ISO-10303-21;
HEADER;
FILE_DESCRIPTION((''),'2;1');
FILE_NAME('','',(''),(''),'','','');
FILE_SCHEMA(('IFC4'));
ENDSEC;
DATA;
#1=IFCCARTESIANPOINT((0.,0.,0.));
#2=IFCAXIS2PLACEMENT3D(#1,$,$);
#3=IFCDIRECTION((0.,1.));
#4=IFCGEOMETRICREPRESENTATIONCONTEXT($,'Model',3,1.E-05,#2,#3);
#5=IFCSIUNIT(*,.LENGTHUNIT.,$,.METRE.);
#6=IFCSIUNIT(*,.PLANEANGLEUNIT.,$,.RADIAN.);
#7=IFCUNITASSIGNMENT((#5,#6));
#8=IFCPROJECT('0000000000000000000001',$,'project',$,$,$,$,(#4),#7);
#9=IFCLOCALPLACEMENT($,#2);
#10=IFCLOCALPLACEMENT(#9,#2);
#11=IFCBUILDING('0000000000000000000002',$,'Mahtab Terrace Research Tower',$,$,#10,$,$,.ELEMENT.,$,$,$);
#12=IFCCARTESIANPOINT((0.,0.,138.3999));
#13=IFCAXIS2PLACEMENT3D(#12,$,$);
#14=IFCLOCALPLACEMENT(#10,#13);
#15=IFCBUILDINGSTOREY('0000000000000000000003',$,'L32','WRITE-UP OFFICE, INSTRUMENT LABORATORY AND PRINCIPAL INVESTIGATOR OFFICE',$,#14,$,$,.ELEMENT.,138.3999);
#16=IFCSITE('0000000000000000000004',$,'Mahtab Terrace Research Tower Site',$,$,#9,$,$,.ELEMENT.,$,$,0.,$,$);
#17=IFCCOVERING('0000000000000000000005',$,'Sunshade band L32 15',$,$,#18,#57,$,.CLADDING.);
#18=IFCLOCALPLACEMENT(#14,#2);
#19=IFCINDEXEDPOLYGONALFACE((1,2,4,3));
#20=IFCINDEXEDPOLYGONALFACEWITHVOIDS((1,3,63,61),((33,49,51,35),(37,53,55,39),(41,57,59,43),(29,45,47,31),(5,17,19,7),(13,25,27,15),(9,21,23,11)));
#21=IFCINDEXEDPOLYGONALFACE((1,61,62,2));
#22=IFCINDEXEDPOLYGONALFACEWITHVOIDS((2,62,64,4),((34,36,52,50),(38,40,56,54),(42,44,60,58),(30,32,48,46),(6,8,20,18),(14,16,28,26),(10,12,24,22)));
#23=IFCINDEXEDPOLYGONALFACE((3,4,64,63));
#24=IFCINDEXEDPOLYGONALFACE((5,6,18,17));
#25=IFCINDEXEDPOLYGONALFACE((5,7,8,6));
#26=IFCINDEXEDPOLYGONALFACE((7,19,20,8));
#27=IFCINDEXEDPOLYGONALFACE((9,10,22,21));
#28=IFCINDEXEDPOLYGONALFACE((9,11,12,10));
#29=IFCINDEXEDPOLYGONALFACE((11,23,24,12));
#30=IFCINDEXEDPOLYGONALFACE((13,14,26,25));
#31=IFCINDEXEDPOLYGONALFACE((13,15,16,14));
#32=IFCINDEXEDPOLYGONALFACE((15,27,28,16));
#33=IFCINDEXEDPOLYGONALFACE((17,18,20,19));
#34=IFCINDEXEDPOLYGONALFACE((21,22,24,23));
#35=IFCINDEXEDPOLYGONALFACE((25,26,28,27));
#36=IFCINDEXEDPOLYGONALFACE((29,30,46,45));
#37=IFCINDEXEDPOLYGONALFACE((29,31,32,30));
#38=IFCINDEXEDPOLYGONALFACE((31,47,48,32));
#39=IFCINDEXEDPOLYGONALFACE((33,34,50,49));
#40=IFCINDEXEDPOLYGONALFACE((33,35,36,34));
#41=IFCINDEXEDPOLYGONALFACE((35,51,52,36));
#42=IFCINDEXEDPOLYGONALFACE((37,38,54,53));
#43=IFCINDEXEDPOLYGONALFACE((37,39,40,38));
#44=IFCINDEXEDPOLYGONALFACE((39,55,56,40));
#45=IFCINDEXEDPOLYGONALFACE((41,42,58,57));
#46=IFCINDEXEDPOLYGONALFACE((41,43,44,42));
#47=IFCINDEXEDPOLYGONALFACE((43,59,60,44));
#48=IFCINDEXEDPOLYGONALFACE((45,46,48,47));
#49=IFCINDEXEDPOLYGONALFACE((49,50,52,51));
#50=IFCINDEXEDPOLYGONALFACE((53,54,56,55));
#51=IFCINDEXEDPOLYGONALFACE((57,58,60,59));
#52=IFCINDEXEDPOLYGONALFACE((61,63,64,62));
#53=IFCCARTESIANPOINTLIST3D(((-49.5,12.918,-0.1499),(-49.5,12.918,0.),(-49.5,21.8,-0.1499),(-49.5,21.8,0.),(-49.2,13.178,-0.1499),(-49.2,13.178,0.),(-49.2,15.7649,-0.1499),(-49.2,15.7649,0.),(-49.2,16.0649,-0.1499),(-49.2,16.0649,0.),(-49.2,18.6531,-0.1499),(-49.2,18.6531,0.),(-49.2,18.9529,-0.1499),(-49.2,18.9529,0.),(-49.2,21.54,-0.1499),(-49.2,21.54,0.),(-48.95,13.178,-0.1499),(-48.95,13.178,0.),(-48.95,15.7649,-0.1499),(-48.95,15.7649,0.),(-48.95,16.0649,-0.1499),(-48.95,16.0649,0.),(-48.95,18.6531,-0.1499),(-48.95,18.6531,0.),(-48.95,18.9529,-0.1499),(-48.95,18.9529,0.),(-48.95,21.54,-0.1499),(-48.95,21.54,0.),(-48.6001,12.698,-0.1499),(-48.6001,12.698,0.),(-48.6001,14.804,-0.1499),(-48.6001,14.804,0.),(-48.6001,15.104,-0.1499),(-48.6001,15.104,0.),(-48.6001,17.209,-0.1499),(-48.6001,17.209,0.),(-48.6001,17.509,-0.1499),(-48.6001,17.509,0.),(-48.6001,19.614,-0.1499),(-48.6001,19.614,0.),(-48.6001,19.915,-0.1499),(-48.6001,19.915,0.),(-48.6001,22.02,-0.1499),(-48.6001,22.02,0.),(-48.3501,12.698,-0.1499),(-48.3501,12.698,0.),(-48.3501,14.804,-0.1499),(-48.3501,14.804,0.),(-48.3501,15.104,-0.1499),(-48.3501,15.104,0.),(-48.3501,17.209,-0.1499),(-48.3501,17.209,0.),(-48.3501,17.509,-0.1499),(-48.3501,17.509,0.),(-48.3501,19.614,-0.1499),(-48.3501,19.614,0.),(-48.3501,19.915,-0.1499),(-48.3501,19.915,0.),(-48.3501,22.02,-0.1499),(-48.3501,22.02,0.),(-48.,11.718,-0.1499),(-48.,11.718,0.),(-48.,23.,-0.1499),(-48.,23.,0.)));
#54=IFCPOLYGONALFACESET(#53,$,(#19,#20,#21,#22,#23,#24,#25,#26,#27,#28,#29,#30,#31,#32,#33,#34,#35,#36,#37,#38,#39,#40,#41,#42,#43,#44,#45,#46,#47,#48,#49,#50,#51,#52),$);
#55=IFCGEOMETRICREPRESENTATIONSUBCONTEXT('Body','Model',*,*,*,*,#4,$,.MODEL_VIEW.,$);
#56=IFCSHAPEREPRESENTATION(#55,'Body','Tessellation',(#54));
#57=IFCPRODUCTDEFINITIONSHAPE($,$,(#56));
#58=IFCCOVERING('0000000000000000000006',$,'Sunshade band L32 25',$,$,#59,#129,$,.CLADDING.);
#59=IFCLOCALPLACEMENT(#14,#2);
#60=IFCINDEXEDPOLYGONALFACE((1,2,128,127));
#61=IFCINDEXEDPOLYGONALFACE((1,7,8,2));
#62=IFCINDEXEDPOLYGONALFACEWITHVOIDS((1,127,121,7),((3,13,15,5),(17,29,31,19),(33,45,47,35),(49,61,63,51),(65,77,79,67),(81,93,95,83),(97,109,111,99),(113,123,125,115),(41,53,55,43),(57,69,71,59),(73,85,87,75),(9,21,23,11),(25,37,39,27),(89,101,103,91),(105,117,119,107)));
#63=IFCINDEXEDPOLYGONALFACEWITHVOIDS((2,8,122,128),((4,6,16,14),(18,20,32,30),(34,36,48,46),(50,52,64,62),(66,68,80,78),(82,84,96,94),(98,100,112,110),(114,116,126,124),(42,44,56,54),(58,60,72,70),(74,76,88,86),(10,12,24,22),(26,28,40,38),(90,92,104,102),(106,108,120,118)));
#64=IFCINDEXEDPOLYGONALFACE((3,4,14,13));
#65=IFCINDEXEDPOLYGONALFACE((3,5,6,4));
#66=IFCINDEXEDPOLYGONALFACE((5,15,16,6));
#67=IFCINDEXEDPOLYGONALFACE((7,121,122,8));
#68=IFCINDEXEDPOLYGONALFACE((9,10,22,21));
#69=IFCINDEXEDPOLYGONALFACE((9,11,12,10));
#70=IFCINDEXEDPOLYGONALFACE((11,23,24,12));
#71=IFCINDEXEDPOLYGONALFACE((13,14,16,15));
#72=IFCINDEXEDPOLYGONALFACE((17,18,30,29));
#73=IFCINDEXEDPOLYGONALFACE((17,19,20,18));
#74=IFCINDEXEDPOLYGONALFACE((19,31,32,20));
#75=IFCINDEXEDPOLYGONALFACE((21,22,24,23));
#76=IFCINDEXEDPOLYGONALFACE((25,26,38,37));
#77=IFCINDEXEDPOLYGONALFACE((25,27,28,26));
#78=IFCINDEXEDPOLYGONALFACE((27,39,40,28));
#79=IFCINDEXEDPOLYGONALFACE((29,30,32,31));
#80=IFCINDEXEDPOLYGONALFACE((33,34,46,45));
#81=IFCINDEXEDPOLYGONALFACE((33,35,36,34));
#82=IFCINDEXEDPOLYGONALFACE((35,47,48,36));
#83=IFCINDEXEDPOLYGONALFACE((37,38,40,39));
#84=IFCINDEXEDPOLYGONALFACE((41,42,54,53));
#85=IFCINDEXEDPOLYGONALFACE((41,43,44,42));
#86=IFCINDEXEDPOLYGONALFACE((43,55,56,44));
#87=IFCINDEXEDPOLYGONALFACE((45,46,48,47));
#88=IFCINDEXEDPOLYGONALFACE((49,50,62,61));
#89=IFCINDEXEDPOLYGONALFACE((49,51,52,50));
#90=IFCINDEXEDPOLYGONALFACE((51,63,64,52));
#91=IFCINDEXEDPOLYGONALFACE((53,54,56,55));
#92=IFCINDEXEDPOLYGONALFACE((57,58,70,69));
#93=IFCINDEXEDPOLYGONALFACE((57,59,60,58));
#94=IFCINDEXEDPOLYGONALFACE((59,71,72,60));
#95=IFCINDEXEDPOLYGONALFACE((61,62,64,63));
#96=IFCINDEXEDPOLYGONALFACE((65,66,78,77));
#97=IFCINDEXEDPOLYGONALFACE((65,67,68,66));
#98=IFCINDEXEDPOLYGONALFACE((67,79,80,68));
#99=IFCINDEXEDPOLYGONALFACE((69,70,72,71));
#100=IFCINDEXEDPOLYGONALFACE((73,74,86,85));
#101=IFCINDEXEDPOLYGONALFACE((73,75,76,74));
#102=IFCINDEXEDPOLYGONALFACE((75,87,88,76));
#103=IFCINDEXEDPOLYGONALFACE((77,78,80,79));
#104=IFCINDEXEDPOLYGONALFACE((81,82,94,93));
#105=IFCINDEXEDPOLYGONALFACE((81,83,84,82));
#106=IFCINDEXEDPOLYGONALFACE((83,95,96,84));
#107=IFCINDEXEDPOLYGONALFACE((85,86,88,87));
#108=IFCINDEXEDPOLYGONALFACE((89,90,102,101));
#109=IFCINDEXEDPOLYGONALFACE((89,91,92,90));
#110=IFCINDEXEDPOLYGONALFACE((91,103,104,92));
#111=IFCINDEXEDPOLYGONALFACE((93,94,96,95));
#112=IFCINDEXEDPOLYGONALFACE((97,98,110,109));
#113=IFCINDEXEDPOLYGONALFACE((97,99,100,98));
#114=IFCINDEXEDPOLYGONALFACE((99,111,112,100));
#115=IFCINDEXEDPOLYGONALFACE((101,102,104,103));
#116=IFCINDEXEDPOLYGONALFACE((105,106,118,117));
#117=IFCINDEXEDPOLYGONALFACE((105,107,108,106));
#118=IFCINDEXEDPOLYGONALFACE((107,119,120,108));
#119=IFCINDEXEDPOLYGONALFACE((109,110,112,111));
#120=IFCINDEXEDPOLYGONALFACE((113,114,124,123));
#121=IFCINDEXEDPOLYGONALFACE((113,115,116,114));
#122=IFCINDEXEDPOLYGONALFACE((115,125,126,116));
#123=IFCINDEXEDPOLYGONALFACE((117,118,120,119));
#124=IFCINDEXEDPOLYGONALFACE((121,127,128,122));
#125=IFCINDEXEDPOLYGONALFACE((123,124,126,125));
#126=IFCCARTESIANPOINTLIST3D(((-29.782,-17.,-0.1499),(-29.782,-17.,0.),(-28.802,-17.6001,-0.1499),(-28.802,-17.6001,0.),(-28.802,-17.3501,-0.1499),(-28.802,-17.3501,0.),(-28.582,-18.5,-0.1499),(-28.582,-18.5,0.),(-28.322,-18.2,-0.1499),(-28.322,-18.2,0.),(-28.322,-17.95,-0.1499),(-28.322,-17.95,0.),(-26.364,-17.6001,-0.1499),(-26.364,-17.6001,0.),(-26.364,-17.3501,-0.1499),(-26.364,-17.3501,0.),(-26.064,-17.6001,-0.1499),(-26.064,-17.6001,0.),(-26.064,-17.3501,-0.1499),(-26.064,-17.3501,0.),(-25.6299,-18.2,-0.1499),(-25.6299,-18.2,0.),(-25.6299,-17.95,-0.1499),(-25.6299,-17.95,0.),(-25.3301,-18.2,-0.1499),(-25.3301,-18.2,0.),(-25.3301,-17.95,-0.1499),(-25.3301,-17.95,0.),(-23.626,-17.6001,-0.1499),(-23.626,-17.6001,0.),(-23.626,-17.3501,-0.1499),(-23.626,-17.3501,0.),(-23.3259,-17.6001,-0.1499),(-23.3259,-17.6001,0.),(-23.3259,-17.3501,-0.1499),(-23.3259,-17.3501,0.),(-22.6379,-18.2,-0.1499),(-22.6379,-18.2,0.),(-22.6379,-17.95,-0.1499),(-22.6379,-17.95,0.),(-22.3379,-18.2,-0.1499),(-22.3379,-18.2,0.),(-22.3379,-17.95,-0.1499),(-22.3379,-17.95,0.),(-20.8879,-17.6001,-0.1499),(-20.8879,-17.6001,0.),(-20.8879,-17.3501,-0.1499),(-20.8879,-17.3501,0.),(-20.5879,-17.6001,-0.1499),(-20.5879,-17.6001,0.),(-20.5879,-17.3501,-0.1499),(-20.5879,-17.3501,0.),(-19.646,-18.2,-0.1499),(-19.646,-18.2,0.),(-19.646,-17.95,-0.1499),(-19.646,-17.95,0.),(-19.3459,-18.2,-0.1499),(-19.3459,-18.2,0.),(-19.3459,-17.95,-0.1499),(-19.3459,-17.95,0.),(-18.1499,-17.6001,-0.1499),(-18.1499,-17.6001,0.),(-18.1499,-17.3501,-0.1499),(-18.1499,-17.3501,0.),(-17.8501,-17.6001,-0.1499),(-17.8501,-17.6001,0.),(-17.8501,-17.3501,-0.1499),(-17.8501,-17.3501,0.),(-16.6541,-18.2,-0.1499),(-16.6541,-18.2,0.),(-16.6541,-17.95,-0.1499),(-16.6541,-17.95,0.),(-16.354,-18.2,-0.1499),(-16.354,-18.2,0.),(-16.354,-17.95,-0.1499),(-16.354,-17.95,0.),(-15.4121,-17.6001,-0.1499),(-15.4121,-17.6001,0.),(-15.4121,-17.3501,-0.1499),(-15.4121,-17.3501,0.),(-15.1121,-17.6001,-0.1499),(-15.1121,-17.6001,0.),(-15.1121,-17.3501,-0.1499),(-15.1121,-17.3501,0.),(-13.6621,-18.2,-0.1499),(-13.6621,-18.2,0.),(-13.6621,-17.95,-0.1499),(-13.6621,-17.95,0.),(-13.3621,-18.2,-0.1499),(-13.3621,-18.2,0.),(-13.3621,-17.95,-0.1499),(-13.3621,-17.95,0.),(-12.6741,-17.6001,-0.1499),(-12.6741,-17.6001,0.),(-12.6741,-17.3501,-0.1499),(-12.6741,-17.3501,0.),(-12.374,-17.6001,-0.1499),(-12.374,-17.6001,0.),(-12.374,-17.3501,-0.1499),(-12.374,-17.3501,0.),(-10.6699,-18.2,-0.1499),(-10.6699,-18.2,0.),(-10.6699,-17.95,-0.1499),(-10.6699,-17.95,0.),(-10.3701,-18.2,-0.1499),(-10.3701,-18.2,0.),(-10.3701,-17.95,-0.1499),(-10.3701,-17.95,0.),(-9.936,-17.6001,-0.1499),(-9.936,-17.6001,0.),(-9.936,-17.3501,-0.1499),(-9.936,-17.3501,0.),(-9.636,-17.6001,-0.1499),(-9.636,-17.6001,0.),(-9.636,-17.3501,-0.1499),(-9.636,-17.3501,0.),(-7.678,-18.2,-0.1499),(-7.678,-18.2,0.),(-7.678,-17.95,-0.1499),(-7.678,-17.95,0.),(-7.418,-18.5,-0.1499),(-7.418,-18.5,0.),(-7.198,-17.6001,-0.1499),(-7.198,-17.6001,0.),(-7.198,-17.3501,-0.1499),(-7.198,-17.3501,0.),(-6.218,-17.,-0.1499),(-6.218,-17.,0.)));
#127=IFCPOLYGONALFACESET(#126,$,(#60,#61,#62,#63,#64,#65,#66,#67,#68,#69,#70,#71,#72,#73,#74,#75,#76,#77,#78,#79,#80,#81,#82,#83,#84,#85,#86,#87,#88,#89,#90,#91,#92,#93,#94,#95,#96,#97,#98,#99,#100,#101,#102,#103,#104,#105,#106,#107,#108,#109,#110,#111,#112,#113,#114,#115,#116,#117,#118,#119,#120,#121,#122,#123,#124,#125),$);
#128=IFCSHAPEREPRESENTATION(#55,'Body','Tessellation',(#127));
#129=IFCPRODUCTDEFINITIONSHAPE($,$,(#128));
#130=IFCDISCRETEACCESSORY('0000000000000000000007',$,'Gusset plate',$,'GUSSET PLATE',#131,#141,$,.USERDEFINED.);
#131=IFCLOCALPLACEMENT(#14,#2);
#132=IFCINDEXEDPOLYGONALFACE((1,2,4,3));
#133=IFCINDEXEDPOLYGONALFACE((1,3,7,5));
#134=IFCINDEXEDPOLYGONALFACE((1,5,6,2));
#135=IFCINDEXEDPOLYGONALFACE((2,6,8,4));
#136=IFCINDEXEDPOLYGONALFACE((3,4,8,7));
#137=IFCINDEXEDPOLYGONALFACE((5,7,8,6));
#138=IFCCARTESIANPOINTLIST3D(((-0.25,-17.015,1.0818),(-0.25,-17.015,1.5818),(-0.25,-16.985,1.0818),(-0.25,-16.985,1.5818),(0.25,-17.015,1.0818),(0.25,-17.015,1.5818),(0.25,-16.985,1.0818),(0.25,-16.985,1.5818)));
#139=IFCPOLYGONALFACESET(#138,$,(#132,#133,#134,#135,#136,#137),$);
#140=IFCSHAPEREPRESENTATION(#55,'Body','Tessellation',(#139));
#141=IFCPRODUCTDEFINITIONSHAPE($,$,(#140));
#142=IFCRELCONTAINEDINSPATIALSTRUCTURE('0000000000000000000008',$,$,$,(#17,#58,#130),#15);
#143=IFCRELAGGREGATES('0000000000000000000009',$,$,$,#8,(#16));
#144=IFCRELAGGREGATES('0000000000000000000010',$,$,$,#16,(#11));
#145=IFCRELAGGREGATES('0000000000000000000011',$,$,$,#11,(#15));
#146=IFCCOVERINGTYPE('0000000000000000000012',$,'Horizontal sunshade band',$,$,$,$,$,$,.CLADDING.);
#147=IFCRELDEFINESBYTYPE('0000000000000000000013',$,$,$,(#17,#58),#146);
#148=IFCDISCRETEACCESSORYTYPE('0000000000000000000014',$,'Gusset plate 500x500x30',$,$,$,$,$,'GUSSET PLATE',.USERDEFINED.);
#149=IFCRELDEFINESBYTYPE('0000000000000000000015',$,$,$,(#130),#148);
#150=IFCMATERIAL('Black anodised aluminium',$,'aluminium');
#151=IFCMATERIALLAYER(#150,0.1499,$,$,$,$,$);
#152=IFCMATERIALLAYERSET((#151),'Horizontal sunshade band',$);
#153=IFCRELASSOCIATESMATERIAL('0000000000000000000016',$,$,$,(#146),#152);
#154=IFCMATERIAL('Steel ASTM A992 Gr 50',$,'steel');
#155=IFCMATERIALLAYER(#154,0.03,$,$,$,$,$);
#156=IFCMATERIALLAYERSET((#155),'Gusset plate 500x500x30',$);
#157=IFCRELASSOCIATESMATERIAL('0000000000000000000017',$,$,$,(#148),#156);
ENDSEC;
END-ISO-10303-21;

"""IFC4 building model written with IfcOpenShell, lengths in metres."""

from ifc_helpers import new_model, si_unit, direction, frame, origin, origin_2d, place, context, subcontext, project, spatial, polyline, rectangle, outline, extrude, material, layer, layer_set, type_object, element, save


model = new_model("IFC4")

# Units and contexts
model_context = context("Model", 3, precision=1e-05, world=origin(), true_north=direction((0.0, 1.0)))
body_context = subcontext(model_context, "Body", "Model", "MODEL_VIEW")
ifc_project = project(units=[si_unit("LENGTHUNIT", "METRE"), si_unit("PLANEANGLEUNIT", "RADIAN")], contexts=[model_context])

# Site, building, storey
site_placement = place(None, origin())
site = spatial("IfcSite", under=ifc_project, at=site_placement, Name="Mahtab Terrace Research Tower Site", CompositionType="ELEMENT", RefElevation=0.0)
building_placement = place(site_placement, origin())
building = spatial("IfcBuilding", under=site, at=building_placement, Name="Mahtab Terrace Research Tower", CompositionType="ELEMENT")
storey_placement = place(building_placement, frame((0.0, 0.0, 138.3999)))
storey = spatial("IfcBuildingStorey", under=building, at=storey_placement, Name="L32", Description="WRITE-UP OFFICE, INSTRUMENT LABORATORY AND PRINCIPAL INVESTIGATOR OFFICE", CompositionType="ELEMENT", Elevation=138.3999)

# Coverings
ifc_material_1 = material(Name="Black anodised aluminium", Category="aluminium")
ifc_layer_1 = layer(ifc_material_1, 0.1499)
ifc_layer_set_1 = layer_set([ifc_layer_1], Name="Horizontal sunshade band")
covering_type = type_object("IfcCoveringType", Name="Horizontal sunshade band", PredefinedType="CLADDING", material=ifc_layer_set_1)
covering_1_placement = place(storey_placement, frame((0.0, 0.0, -0.1499)))
element("IfcCovering", 1, at=covering_1_placement, inside=storey, type_object=covering_type, Name="Sunshade band L32 15", PredefinedType="CLADDING", context=body_context, shape_type="SweptSolid", body=[
    extrude(outline(polyline([(-48.0, 23.0), (-48.0, 11.718), (-49.5, 12.918), (-49.5, 21.8), (-48.0, 23.0)]), holes=[polyline([(-48.3501, 22.02), (-48.3501, 19.915), (-48.6001, 19.915), (-48.6001, 22.02), (-48.3501, 22.02)]), polyline([(-48.3501, 19.614), (-48.3501, 17.509), (-48.6001, 17.509), (-48.6001, 19.614), (-48.3501, 19.614)]), polyline([(-48.3501, 17.209), (-48.3501, 15.104), (-48.6001, 15.104), (-48.6001, 17.209), (-48.3501, 17.209)]), polyline([(-48.3501, 14.804), (-48.3501, 12.698), (-48.6001, 12.698), (-48.6001, 14.804), (-48.3501, 14.804)]), polyline([(-48.95, 21.54), (-48.95, 18.9529), (-49.2, 18.9529), (-49.2, 21.54), (-48.95, 21.54)]), polyline([(-48.95, 18.6531), (-48.95, 16.0649), (-49.2, 16.0649), (-49.2, 18.6531), (-48.95, 18.6531)]), polyline([(-48.95, 15.7649), (-48.95, 13.178), (-49.2, 13.178), (-49.2, 15.7649), (-48.95, 15.7649)])]), origin(), (0.0, 0.0, 1.0), 0.1499),
])
covering_2_placement = place(storey_placement, frame((0.0, 0.0, -0.1499)))
element("IfcCovering", 2, at=covering_2_placement, inside=storey, type_object=covering_type, Name="Sunshade band L32 25", PredefinedType="CLADDING", context=body_context, shape_type="SweptSolid", body=[
    extrude(outline(polyline([(-29.782, -17.0), (-6.218, -17.0), (-7.418, -18.5), (-28.582, -18.5), (-29.782, -17.0)]), holes=[polyline([(-28.802, -17.3501), (-26.364, -17.3501), (-26.364, -17.6001), (-28.802, -17.6001), (-28.802, -17.3501)]), polyline([(-26.064, -17.3501), (-23.626, -17.3501), (-23.626, -17.6001), (-26.064, -17.6001), (-26.064, -17.3501)]), polyline([(-23.3259, -17.3501), (-20.8879, -17.3501), (-20.8879, -17.6001), (-23.3259, -17.6001), (-23.3259, -17.3501)]), polyline([(-20.5879, -17.3501), (-18.1499, -17.3501), (-18.1499, -17.6001), (-20.5879, -17.6001), (-20.5879, -17.3501)]), polyline([(-17.8501, -17.3501), (-15.4121, -17.3501), (-15.4121, -17.6001), (-17.8501, -17.6001), (-17.8501, -17.3501)]), polyline([(-15.1121, -17.3501), (-12.6741, -17.3501), (-12.6741, -17.6001), (-15.1121, -17.6001), (-15.1121, -17.3501)]), polyline([(-12.374, -17.3501), (-9.936, -17.3501), (-9.936, -17.6001), (-12.374, -17.6001), (-12.374, -17.3501)]), polyline([(-9.636, -17.3501), (-7.198, -17.3501), (-7.198, -17.6001), (-9.636, -17.6001), (-9.636, -17.3501)]), polyline([(-28.322, -17.95), (-25.6299, -17.95), (-25.6299, -18.2), (-28.322, -18.2), (-28.322, -17.95)]), polyline([(-25.3301, -17.95), (-22.6379, -17.95), (-22.6379, -18.2), (-25.3301, -18.2), (-25.3301, -17.95)]), polyline([(-22.3379, -17.95), (-19.646, -17.95), (-19.646, -18.2), (-22.3379, -18.2), (-22.3379, -17.95)]), polyline([(-19.3459, -17.95), (-16.6541, -17.95), (-16.6541, -18.2), (-19.3459, -18.2), (-19.3459, -17.95)]), polyline([(-16.354, -17.95), (-13.6621, -17.95), (-13.6621, -18.2), (-16.354, -18.2), (-16.354, -17.95)]), polyline([(-13.3621, -17.95), (-10.6699, -17.95), (-10.6699, -18.2), (-13.3621, -18.2), (-13.3621, -17.95)]), polyline([(-10.3701, -17.95), (-7.678, -17.95), (-7.678, -18.2), (-10.3701, -18.2), (-10.3701, -17.95)])]), origin(), (0.0, 0.0, 1.0), 0.1499),
])

# Discrete accessory
ifc_material_2 = material(Name="Steel ASTM A992 Gr 50", Category="steel")
ifc_layer_2 = layer(ifc_material_2, 0.03)
ifc_layer_set_2 = layer_set([ifc_layer_2], Name="Gusset plate 500x500x30")
discrete_accessory_type = type_object("IfcDiscreteAccessoryType", Name="Gusset plate 500x500x30", ElementType="GUSSET PLATE", PredefinedType="USERDEFINED", material=ifc_layer_set_2)
discrete_accessory_placement = place(storey_placement, frame((0.0, -17.0, 1.0818), z_axis=(0.0, 0.0, 1.0), x_axis=(1.0, 0.0, 0.0)))
element("IfcDiscreteAccessory", 3, at=discrete_accessory_placement, inside=storey, type_object=discrete_accessory_type, Name="Gusset plate", ObjectType="GUSSET PLATE", PredefinedType="USERDEFINED", context=body_context, shape_type="SweptSolid", body=[
    extrude(rectangle(XDim=0.5, YDim=0.03, at=origin_2d()), origin(), (0.0, 0.0, 1.0), 0.5),
])

save(model, "model.ifc")
